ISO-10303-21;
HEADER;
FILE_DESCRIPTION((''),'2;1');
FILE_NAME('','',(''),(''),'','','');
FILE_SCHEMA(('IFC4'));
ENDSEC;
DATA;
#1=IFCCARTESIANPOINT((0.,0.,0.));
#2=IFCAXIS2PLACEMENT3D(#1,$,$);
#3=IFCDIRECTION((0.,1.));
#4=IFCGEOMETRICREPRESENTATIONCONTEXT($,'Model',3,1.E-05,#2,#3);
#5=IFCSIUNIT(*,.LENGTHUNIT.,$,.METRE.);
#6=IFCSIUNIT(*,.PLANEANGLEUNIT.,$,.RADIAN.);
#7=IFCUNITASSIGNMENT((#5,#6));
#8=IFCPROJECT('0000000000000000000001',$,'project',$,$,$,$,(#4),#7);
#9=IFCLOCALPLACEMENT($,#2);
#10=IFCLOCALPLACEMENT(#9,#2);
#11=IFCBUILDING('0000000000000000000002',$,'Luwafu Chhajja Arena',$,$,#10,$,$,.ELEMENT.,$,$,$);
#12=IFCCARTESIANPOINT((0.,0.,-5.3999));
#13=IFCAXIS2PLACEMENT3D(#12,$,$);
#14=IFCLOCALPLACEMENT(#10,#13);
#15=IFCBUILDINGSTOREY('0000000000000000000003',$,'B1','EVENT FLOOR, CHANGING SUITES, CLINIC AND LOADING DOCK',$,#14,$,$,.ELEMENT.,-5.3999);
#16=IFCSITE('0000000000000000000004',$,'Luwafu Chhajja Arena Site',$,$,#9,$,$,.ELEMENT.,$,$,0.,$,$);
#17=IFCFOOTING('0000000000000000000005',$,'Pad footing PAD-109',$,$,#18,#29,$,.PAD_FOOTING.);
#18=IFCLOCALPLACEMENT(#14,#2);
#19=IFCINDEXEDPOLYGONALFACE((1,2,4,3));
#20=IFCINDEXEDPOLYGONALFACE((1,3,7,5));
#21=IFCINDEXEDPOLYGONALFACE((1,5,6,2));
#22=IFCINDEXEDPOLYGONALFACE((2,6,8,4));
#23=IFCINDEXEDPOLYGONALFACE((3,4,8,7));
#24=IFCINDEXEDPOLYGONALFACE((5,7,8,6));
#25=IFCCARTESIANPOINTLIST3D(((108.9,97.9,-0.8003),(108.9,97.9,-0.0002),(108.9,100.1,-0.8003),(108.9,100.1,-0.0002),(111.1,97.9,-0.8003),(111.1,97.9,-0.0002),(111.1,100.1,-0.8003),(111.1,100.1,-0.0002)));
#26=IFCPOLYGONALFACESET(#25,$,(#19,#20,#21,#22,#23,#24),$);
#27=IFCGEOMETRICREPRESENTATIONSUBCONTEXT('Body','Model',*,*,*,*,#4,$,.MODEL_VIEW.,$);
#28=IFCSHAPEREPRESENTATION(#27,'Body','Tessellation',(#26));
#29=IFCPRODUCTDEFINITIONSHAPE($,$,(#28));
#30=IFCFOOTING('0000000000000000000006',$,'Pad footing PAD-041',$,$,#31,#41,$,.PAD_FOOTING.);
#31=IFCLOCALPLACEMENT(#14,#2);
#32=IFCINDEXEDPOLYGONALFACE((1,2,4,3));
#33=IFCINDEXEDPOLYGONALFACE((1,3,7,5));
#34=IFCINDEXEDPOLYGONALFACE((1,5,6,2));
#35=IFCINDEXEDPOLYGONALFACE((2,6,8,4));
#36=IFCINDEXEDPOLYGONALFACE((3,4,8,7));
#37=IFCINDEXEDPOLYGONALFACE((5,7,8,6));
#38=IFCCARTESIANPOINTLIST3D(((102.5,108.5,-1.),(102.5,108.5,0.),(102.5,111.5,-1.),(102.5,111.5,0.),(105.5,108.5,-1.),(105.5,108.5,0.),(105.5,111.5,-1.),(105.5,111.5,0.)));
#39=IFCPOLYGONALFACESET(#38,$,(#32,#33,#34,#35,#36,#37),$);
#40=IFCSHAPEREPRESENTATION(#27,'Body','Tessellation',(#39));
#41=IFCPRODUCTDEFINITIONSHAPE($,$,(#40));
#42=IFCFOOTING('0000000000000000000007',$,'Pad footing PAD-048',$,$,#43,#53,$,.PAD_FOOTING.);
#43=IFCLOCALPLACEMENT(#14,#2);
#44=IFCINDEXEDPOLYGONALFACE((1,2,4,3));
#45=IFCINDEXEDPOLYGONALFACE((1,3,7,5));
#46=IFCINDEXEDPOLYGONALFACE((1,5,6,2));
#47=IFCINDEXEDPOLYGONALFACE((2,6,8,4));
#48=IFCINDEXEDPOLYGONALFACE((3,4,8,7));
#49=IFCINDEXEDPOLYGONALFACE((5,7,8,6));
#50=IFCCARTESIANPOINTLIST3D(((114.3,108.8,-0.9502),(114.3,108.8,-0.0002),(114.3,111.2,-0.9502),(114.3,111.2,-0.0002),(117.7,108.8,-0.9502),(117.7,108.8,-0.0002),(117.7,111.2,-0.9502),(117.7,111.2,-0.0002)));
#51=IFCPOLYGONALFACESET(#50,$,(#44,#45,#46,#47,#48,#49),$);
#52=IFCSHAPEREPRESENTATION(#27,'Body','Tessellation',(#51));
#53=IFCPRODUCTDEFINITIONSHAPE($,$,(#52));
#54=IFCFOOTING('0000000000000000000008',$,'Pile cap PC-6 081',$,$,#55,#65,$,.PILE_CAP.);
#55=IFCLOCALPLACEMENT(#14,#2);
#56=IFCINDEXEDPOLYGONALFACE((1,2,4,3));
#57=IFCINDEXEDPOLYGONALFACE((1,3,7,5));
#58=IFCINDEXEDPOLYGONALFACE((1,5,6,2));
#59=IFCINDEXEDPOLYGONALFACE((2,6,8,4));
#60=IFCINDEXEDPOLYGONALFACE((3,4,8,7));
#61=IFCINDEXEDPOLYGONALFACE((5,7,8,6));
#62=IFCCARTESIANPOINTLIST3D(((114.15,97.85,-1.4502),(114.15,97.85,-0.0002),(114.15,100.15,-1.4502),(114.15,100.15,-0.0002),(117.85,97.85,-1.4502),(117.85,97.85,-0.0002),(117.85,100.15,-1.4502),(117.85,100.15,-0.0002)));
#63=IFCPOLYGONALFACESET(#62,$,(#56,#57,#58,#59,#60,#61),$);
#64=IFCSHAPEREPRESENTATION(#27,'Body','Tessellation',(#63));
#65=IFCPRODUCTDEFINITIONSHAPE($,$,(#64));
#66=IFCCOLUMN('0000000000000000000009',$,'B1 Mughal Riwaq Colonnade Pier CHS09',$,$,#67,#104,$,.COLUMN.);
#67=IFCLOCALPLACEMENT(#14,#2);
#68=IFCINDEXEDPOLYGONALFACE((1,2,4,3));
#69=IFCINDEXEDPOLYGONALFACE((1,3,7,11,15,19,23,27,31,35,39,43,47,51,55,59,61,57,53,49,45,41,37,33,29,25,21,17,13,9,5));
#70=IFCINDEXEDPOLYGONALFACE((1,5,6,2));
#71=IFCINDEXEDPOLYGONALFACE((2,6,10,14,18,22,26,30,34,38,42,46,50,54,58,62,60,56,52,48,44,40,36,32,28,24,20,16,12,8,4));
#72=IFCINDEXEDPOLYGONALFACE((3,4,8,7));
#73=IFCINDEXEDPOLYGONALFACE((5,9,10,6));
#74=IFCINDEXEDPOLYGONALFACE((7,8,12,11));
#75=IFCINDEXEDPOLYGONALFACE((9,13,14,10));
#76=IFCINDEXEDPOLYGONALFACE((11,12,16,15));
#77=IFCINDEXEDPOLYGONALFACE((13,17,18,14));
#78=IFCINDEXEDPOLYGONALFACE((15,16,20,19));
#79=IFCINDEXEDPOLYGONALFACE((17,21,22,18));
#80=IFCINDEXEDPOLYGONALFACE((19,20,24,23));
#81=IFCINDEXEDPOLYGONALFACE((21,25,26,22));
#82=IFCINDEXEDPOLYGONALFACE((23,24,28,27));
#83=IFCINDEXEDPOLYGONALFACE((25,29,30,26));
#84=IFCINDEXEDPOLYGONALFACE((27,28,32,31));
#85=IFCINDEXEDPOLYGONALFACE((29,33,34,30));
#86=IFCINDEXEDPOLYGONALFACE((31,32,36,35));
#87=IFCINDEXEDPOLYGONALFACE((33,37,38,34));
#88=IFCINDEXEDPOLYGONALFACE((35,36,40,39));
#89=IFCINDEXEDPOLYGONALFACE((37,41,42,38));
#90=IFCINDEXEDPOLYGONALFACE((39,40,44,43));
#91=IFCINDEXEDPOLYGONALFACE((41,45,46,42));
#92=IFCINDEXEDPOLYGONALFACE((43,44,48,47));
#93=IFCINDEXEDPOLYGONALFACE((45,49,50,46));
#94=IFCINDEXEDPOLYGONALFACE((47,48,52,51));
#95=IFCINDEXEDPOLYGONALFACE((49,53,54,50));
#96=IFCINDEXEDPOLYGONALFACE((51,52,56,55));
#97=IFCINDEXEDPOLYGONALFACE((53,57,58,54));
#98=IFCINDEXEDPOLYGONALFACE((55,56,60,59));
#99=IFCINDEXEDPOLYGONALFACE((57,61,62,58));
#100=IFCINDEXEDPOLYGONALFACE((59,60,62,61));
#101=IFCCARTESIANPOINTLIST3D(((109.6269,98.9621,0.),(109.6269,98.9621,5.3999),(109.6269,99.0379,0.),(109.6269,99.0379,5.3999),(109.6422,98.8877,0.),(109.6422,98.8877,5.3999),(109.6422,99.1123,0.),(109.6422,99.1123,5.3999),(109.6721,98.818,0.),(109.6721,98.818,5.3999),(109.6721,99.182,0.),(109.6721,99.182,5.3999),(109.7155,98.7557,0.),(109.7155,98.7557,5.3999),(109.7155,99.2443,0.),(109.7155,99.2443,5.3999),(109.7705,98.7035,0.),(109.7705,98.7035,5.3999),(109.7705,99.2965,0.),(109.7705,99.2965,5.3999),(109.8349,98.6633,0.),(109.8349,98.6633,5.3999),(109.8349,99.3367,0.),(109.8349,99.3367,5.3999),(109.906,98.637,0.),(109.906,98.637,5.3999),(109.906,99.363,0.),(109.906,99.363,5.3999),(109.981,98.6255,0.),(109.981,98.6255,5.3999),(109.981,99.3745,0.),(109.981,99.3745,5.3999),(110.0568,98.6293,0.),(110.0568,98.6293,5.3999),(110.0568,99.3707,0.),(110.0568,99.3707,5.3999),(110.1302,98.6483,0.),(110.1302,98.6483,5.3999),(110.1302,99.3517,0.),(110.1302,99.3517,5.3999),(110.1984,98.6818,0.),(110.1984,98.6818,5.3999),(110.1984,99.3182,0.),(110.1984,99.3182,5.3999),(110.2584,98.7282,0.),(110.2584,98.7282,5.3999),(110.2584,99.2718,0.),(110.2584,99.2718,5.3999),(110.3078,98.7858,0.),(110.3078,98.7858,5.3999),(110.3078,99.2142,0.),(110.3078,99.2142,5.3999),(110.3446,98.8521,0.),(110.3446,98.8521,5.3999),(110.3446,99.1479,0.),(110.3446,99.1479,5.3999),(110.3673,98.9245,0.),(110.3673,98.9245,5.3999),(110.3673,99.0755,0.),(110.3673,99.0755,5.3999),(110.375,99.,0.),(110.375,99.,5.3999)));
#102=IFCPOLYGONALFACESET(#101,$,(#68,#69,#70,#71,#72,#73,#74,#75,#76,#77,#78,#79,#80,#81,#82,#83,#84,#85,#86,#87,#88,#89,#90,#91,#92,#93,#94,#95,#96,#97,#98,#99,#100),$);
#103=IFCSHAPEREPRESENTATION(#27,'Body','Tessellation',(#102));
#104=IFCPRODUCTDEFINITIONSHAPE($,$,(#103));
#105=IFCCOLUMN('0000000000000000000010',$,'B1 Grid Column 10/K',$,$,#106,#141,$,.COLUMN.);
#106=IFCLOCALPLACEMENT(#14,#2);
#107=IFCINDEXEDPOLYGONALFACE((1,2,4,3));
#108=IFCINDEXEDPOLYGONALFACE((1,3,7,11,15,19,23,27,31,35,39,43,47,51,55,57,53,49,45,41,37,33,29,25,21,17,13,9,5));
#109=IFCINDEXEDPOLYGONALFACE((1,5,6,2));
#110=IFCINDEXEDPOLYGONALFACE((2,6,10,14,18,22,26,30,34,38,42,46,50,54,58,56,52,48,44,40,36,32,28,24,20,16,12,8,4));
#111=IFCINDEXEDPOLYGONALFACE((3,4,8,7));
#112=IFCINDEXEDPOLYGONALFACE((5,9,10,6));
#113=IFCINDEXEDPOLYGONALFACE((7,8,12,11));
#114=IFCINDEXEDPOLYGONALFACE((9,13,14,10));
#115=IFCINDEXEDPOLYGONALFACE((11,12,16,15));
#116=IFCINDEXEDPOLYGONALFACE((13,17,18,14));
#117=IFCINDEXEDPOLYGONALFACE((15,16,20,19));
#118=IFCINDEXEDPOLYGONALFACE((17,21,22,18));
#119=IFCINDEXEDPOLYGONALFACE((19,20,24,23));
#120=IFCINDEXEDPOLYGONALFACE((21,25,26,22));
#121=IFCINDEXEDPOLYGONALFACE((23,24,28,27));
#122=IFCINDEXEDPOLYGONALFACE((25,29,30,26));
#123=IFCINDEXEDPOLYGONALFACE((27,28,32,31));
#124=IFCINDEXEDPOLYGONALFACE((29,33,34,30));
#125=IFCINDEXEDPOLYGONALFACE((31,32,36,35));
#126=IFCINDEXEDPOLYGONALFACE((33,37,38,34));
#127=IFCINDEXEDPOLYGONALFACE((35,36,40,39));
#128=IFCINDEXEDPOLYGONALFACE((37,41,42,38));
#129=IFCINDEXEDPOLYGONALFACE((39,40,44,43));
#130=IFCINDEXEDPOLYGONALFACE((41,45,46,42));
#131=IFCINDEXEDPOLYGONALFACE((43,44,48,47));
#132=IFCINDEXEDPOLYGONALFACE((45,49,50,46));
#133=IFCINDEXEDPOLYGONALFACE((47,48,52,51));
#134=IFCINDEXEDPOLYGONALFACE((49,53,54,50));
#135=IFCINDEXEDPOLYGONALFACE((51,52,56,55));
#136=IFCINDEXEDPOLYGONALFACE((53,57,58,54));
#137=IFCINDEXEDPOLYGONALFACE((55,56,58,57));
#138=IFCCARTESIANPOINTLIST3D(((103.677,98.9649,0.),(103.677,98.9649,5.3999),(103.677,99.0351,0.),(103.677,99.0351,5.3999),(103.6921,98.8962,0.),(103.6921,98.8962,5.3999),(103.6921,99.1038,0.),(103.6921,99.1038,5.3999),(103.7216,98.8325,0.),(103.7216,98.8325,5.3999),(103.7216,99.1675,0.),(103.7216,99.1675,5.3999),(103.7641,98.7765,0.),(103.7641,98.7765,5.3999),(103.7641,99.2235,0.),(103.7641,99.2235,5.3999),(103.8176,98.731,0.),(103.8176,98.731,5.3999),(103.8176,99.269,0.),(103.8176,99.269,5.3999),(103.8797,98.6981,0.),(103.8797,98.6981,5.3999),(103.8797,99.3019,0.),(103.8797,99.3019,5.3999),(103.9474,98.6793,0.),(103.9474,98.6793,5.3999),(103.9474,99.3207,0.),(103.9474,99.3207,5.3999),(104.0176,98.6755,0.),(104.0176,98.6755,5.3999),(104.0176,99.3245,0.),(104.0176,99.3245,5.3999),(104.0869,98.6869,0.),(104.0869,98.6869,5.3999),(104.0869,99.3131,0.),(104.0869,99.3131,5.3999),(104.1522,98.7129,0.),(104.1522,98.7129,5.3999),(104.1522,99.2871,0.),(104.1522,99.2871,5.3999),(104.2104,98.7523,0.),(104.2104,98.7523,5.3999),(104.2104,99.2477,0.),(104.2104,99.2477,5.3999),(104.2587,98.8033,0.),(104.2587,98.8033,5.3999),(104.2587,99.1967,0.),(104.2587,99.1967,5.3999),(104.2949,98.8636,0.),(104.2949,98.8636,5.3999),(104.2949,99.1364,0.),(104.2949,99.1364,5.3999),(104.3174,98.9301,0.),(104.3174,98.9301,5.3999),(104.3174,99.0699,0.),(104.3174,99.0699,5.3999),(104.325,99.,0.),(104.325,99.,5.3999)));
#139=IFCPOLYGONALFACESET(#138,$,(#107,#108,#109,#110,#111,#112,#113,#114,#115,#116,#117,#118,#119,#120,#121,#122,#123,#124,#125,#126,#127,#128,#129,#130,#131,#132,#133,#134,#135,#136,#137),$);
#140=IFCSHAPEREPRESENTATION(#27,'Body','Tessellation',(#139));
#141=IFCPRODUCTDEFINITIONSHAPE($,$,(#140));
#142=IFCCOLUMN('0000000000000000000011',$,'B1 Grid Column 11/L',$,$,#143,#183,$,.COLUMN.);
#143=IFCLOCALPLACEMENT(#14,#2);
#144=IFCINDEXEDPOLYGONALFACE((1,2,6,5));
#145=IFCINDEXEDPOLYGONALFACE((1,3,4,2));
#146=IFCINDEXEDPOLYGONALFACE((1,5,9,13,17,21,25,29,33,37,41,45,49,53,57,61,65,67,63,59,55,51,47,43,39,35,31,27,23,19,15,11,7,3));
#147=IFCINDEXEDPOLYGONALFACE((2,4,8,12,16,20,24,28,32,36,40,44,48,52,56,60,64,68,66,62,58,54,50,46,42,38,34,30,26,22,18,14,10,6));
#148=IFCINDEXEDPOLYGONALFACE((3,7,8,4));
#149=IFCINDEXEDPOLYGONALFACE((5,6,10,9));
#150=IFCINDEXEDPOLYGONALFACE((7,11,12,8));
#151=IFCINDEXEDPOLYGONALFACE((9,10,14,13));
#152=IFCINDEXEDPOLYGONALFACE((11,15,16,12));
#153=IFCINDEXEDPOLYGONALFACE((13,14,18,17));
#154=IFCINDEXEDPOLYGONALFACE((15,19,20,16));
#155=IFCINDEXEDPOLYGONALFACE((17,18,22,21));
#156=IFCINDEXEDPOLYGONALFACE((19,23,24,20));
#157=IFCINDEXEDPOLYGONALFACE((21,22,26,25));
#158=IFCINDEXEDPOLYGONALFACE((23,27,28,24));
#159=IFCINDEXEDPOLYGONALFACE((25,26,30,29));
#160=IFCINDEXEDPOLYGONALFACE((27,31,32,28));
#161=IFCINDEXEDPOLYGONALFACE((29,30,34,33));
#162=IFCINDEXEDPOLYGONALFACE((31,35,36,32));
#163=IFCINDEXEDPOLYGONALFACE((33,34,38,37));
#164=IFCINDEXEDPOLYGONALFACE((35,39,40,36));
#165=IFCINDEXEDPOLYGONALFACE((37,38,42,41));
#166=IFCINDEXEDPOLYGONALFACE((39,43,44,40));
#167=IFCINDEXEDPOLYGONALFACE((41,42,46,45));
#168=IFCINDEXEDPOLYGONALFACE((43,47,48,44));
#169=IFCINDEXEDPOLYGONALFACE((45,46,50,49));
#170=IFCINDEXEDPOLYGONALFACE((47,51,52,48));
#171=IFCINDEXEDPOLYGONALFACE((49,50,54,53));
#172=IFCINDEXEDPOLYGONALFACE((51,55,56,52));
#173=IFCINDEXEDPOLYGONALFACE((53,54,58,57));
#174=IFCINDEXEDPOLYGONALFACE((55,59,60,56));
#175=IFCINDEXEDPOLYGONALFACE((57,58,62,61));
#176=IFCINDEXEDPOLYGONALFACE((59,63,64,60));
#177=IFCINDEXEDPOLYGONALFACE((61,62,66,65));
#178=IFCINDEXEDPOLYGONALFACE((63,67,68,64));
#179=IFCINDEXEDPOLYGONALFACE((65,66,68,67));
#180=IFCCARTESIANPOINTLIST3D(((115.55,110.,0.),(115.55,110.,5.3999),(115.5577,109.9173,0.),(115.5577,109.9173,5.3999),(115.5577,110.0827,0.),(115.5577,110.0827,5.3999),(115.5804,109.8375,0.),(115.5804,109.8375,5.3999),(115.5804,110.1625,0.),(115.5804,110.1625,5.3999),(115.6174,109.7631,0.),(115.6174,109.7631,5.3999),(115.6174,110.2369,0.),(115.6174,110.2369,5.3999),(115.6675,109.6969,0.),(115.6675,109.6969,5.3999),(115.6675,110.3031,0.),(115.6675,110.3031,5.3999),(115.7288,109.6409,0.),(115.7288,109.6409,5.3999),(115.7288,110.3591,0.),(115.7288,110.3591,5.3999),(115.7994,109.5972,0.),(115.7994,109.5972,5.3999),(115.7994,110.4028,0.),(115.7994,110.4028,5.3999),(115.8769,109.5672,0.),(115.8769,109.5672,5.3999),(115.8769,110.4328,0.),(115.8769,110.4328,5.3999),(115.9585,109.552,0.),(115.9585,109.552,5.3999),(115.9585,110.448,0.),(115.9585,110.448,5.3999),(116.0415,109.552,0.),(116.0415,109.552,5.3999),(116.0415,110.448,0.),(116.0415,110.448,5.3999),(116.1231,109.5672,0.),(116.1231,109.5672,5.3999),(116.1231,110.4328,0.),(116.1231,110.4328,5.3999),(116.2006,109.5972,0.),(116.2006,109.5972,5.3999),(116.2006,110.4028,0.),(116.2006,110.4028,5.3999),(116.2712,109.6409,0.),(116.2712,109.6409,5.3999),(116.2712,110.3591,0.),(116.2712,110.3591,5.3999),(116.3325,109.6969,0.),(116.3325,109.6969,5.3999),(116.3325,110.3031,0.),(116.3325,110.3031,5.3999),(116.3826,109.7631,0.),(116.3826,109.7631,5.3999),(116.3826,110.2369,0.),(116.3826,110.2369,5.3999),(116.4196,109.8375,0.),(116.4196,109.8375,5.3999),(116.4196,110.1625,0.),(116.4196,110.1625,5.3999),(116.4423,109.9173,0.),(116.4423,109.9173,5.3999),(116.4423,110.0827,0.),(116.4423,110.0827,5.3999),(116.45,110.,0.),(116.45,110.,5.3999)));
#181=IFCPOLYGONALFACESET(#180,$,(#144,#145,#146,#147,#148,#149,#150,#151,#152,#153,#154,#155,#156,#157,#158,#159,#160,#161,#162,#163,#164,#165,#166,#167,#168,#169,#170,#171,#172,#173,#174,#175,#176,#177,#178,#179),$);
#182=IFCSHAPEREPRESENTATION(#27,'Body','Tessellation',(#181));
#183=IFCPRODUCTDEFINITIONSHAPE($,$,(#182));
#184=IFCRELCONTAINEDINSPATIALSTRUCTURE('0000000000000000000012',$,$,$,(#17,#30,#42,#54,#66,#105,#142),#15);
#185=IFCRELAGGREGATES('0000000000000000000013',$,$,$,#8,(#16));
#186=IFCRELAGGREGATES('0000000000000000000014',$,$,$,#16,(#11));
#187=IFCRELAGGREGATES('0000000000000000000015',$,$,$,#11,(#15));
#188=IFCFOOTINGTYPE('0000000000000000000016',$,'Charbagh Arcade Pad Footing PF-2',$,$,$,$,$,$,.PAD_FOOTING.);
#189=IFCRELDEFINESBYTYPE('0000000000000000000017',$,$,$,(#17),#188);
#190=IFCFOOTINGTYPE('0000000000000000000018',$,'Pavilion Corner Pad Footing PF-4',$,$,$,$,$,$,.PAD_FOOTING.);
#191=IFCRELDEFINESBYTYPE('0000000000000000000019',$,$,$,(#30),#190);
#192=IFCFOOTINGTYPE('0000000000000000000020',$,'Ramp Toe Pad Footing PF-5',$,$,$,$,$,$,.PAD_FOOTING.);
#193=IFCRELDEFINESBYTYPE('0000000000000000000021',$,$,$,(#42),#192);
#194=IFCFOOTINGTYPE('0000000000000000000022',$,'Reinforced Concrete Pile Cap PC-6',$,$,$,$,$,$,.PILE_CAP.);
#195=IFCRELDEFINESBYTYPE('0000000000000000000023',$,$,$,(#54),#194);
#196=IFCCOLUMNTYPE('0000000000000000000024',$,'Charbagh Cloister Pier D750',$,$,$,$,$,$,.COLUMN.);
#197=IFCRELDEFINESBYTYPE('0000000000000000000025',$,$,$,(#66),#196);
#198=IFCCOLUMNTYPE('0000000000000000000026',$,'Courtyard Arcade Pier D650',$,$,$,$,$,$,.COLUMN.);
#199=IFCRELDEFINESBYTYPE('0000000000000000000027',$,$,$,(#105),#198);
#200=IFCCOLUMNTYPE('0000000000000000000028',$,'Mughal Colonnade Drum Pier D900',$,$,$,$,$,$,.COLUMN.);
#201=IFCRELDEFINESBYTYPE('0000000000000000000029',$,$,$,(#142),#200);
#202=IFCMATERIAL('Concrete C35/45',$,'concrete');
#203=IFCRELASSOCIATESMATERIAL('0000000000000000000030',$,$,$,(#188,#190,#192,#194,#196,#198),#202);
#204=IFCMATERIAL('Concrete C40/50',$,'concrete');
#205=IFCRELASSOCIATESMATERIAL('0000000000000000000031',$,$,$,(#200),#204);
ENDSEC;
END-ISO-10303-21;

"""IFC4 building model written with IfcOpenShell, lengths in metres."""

from ifc_helpers import new_model, si_unit, direction, frame, origin, origin_2d, place, context, subcontext, project, spatial, rectangle, circle, extrude, material, material_profile, profile_set, type_object, element, save


model = new_model("IFC4")

# Units and contexts
model_context = context("Model", 3, precision=1e-05, world=origin(), true_north=direction((0.0, 1.0)))
body_context = subcontext(model_context, "Body", "Model", "MODEL_VIEW")
ifc_project = project(units=[si_unit("LENGTHUNIT", "METRE"), si_unit("PLANEANGLEUNIT", "RADIAN")], contexts=[model_context])

# Site, building, storey
site_placement = place(None, origin())
site = spatial("IfcSite", under=ifc_project, at=site_placement, Name="Luwafu Chhajja Arena Site", CompositionType="ELEMENT", RefElevation=0.0)
building_placement = place(site_placement, origin())
building = spatial("IfcBuilding", under=site, at=building_placement, Name="Luwafu Chhajja Arena", CompositionType="ELEMENT")
storey_placement = place(building_placement, frame((0.0, 0.0, -5.3999)))
storey = spatial("IfcBuildingStorey", under=building, at=storey_placement, Name="B1", Description="EVENT FLOOR, CHANGING SUITES, CLINIC AND LOADING DOCK", CompositionType="ELEMENT", Elevation=-5.3999)

# Shared definitions
ifc_material_1 = material(Name="Concrete C35/45", Category="concrete")

# Footings
footing_type_1 = type_object("IfcFootingType", Name="Charbagh Arcade Pad Footing PF-2", PredefinedType="PAD_FOOTING", material=ifc_material_1)
footing_1_placement = place(storey_placement, frame((110.0, 99.0, -0.8003), z_axis=(0.0, 0.0, 1.0), x_axis=(1.0, 0.0, 0.0)))
element("IfcFooting", 1, at=footing_1_placement, inside=storey, type_object=footing_type_1, Name="Pad footing PAD-109", PredefinedType="PAD_FOOTING", context=body_context, shape_type="SweptSolid", body=[
    extrude(rectangle(XDim=2.2, YDim=2.2, at=origin_2d()), origin(), (0.0, 0.0, 1.0), 0.8),
])
footing_type_2 = type_object("IfcFootingType", Name="Pavilion Corner Pad Footing PF-4", PredefinedType="PAD_FOOTING", material=ifc_material_1)
footing_2_placement = place(storey_placement, frame((104.0, 110.0, -1.0), z_axis=(0.0, 0.0, 1.0), x_axis=(1.0, 0.0, 0.0)))
element("IfcFooting", 2, at=footing_2_placement, inside=storey, type_object=footing_type_2, Name="Pad footing PAD-041", PredefinedType="PAD_FOOTING", context=body_context, shape_type="SweptSolid", body=[
    extrude(rectangle(XDim=3.0, YDim=3.0, at=origin_2d()), origin(), (0.0, 0.0, 1.0), 1.0),
])
footing_type_3 = type_object("IfcFootingType", Name="Ramp Toe Pad Footing PF-5", PredefinedType="PAD_FOOTING", material=ifc_material_1)
footing_3_placement = place(storey_placement, frame((116.0, 110.0, -0.9502), z_axis=(0.0, 0.0, 1.0), x_axis=(1.0, 0.0, 0.0)))
element("IfcFooting", 3, at=footing_3_placement, inside=storey, type_object=footing_type_3, Name="Pad footing PAD-048", PredefinedType="PAD_FOOTING", context=body_context, shape_type="SweptSolid", body=[
    extrude(rectangle(XDim=3.3999, YDim=2.3999, at=origin_2d()), origin(), (0.0, 0.0, 1.0), 0.95),
])
footing_type_4 = type_object("IfcFootingType", Name="Reinforced Concrete Pile Cap PC-6", PredefinedType="PILE_CAP", material=ifc_material_1)
footing_4_placement = place(storey_placement, frame((116.0, 99.0, -1.4502), z_axis=(0.0, 0.0, 1.0), x_axis=(1.0, 0.0, 0.0)))
element("IfcFooting", 4, at=footing_4_placement, inside=storey, type_object=footing_type_4, Name="Pile cap PC-6 081", PredefinedType="PILE_CAP", context=body_context, shape_type="SweptSolid", body=[
    extrude(rectangle(XDim=3.7, YDim=2.3, at=origin_2d()), origin(), (0.0, 0.0, 1.0), 1.45),
])

# Columns
ifc_material_profile_1 = material_profile(ifc_material_1, circle(Radius=0.375, at=origin_2d()), Name="RC COL D750")
ifc_profile_set_1 = profile_set([ifc_material_profile_1], Name="Concrete C35/45")
column_type_1 = type_object("IfcColumnType", Name="Charbagh Cloister Pier D750", PredefinedType="COLUMN", material=ifc_profile_set_1)
column_1_placement = place(storey_placement, frame((110.0, 99.0, 0.0), z_axis=(0.0, 0.0, 1.0), x_axis=(1.0, 0.0, 0.0)))
element("IfcColumn", 5, at=column_1_placement, inside=storey, type_object=column_type_1, Name="B1 Mughal Riwaq Colonnade Pier CHS09", PredefinedType="COLUMN", context=body_context, shape_type="SweptSolid", body=[
    extrude(circle(Radius=0.375, at=origin_2d()), origin(), (0.0, 0.0, 1.0), 5.3999),
])
ifc_material_profile_2 = material_profile(ifc_material_1, circle(Radius=0.325, at=origin_2d()), Name="RC COL D650")
ifc_profile_set_2 = profile_set([ifc_material_profile_2], Name="Concrete C35/45")
column_type_2 = type_object("IfcColumnType", Name="Courtyard Arcade Pier D650", PredefinedType="COLUMN", material=ifc_profile_set_2)
column_2_placement = place(storey_placement, frame((104.0, 99.0, 0.0), z_axis=(0.0, 0.0, 1.0), x_axis=(1.0, 0.0, 0.0)))
element("IfcColumn", 6, at=column_2_placement, inside=storey, type_object=column_type_2, Name="B1 Grid Column 10/K", PredefinedType="COLUMN", context=body_context, shape_type="SweptSolid", body=[
    extrude(circle(Radius=0.325, at=origin_2d()), origin(), (0.0, 0.0, 1.0), 5.3999),
])
ifc_material_2 = material(Name="Concrete C40/50", Category="concrete")
ifc_material_profile_3 = material_profile(ifc_material_2, circle(Radius=0.45, at=origin_2d()), Name="RC COL D900")
ifc_profile_set_3 = profile_set([ifc_material_profile_3], Name="Concrete C40/50")
column_type_3 = type_object("IfcColumnType", Name="Mughal Colonnade Drum Pier D900", PredefinedType="COLUMN", material=ifc_profile_set_3)
column_3_placement = place(storey_placement, frame((116.0, 110.0, 0.0), z_axis=(0.0, 0.0, 1.0), x_axis=(1.0, 0.0, 0.0)))
element("IfcColumn", 7, at=column_3_placement, inside=storey, type_object=column_type_3, Name="B1 Grid Column 11/L", PredefinedType="COLUMN", context=body_context, shape_type="SweptSolid", body=[
    extrude(circle(Radius=0.45, at=origin_2d()), origin(), (0.0, 0.0, 1.0), 5.3999),
])

save(model, "model.ifc")
